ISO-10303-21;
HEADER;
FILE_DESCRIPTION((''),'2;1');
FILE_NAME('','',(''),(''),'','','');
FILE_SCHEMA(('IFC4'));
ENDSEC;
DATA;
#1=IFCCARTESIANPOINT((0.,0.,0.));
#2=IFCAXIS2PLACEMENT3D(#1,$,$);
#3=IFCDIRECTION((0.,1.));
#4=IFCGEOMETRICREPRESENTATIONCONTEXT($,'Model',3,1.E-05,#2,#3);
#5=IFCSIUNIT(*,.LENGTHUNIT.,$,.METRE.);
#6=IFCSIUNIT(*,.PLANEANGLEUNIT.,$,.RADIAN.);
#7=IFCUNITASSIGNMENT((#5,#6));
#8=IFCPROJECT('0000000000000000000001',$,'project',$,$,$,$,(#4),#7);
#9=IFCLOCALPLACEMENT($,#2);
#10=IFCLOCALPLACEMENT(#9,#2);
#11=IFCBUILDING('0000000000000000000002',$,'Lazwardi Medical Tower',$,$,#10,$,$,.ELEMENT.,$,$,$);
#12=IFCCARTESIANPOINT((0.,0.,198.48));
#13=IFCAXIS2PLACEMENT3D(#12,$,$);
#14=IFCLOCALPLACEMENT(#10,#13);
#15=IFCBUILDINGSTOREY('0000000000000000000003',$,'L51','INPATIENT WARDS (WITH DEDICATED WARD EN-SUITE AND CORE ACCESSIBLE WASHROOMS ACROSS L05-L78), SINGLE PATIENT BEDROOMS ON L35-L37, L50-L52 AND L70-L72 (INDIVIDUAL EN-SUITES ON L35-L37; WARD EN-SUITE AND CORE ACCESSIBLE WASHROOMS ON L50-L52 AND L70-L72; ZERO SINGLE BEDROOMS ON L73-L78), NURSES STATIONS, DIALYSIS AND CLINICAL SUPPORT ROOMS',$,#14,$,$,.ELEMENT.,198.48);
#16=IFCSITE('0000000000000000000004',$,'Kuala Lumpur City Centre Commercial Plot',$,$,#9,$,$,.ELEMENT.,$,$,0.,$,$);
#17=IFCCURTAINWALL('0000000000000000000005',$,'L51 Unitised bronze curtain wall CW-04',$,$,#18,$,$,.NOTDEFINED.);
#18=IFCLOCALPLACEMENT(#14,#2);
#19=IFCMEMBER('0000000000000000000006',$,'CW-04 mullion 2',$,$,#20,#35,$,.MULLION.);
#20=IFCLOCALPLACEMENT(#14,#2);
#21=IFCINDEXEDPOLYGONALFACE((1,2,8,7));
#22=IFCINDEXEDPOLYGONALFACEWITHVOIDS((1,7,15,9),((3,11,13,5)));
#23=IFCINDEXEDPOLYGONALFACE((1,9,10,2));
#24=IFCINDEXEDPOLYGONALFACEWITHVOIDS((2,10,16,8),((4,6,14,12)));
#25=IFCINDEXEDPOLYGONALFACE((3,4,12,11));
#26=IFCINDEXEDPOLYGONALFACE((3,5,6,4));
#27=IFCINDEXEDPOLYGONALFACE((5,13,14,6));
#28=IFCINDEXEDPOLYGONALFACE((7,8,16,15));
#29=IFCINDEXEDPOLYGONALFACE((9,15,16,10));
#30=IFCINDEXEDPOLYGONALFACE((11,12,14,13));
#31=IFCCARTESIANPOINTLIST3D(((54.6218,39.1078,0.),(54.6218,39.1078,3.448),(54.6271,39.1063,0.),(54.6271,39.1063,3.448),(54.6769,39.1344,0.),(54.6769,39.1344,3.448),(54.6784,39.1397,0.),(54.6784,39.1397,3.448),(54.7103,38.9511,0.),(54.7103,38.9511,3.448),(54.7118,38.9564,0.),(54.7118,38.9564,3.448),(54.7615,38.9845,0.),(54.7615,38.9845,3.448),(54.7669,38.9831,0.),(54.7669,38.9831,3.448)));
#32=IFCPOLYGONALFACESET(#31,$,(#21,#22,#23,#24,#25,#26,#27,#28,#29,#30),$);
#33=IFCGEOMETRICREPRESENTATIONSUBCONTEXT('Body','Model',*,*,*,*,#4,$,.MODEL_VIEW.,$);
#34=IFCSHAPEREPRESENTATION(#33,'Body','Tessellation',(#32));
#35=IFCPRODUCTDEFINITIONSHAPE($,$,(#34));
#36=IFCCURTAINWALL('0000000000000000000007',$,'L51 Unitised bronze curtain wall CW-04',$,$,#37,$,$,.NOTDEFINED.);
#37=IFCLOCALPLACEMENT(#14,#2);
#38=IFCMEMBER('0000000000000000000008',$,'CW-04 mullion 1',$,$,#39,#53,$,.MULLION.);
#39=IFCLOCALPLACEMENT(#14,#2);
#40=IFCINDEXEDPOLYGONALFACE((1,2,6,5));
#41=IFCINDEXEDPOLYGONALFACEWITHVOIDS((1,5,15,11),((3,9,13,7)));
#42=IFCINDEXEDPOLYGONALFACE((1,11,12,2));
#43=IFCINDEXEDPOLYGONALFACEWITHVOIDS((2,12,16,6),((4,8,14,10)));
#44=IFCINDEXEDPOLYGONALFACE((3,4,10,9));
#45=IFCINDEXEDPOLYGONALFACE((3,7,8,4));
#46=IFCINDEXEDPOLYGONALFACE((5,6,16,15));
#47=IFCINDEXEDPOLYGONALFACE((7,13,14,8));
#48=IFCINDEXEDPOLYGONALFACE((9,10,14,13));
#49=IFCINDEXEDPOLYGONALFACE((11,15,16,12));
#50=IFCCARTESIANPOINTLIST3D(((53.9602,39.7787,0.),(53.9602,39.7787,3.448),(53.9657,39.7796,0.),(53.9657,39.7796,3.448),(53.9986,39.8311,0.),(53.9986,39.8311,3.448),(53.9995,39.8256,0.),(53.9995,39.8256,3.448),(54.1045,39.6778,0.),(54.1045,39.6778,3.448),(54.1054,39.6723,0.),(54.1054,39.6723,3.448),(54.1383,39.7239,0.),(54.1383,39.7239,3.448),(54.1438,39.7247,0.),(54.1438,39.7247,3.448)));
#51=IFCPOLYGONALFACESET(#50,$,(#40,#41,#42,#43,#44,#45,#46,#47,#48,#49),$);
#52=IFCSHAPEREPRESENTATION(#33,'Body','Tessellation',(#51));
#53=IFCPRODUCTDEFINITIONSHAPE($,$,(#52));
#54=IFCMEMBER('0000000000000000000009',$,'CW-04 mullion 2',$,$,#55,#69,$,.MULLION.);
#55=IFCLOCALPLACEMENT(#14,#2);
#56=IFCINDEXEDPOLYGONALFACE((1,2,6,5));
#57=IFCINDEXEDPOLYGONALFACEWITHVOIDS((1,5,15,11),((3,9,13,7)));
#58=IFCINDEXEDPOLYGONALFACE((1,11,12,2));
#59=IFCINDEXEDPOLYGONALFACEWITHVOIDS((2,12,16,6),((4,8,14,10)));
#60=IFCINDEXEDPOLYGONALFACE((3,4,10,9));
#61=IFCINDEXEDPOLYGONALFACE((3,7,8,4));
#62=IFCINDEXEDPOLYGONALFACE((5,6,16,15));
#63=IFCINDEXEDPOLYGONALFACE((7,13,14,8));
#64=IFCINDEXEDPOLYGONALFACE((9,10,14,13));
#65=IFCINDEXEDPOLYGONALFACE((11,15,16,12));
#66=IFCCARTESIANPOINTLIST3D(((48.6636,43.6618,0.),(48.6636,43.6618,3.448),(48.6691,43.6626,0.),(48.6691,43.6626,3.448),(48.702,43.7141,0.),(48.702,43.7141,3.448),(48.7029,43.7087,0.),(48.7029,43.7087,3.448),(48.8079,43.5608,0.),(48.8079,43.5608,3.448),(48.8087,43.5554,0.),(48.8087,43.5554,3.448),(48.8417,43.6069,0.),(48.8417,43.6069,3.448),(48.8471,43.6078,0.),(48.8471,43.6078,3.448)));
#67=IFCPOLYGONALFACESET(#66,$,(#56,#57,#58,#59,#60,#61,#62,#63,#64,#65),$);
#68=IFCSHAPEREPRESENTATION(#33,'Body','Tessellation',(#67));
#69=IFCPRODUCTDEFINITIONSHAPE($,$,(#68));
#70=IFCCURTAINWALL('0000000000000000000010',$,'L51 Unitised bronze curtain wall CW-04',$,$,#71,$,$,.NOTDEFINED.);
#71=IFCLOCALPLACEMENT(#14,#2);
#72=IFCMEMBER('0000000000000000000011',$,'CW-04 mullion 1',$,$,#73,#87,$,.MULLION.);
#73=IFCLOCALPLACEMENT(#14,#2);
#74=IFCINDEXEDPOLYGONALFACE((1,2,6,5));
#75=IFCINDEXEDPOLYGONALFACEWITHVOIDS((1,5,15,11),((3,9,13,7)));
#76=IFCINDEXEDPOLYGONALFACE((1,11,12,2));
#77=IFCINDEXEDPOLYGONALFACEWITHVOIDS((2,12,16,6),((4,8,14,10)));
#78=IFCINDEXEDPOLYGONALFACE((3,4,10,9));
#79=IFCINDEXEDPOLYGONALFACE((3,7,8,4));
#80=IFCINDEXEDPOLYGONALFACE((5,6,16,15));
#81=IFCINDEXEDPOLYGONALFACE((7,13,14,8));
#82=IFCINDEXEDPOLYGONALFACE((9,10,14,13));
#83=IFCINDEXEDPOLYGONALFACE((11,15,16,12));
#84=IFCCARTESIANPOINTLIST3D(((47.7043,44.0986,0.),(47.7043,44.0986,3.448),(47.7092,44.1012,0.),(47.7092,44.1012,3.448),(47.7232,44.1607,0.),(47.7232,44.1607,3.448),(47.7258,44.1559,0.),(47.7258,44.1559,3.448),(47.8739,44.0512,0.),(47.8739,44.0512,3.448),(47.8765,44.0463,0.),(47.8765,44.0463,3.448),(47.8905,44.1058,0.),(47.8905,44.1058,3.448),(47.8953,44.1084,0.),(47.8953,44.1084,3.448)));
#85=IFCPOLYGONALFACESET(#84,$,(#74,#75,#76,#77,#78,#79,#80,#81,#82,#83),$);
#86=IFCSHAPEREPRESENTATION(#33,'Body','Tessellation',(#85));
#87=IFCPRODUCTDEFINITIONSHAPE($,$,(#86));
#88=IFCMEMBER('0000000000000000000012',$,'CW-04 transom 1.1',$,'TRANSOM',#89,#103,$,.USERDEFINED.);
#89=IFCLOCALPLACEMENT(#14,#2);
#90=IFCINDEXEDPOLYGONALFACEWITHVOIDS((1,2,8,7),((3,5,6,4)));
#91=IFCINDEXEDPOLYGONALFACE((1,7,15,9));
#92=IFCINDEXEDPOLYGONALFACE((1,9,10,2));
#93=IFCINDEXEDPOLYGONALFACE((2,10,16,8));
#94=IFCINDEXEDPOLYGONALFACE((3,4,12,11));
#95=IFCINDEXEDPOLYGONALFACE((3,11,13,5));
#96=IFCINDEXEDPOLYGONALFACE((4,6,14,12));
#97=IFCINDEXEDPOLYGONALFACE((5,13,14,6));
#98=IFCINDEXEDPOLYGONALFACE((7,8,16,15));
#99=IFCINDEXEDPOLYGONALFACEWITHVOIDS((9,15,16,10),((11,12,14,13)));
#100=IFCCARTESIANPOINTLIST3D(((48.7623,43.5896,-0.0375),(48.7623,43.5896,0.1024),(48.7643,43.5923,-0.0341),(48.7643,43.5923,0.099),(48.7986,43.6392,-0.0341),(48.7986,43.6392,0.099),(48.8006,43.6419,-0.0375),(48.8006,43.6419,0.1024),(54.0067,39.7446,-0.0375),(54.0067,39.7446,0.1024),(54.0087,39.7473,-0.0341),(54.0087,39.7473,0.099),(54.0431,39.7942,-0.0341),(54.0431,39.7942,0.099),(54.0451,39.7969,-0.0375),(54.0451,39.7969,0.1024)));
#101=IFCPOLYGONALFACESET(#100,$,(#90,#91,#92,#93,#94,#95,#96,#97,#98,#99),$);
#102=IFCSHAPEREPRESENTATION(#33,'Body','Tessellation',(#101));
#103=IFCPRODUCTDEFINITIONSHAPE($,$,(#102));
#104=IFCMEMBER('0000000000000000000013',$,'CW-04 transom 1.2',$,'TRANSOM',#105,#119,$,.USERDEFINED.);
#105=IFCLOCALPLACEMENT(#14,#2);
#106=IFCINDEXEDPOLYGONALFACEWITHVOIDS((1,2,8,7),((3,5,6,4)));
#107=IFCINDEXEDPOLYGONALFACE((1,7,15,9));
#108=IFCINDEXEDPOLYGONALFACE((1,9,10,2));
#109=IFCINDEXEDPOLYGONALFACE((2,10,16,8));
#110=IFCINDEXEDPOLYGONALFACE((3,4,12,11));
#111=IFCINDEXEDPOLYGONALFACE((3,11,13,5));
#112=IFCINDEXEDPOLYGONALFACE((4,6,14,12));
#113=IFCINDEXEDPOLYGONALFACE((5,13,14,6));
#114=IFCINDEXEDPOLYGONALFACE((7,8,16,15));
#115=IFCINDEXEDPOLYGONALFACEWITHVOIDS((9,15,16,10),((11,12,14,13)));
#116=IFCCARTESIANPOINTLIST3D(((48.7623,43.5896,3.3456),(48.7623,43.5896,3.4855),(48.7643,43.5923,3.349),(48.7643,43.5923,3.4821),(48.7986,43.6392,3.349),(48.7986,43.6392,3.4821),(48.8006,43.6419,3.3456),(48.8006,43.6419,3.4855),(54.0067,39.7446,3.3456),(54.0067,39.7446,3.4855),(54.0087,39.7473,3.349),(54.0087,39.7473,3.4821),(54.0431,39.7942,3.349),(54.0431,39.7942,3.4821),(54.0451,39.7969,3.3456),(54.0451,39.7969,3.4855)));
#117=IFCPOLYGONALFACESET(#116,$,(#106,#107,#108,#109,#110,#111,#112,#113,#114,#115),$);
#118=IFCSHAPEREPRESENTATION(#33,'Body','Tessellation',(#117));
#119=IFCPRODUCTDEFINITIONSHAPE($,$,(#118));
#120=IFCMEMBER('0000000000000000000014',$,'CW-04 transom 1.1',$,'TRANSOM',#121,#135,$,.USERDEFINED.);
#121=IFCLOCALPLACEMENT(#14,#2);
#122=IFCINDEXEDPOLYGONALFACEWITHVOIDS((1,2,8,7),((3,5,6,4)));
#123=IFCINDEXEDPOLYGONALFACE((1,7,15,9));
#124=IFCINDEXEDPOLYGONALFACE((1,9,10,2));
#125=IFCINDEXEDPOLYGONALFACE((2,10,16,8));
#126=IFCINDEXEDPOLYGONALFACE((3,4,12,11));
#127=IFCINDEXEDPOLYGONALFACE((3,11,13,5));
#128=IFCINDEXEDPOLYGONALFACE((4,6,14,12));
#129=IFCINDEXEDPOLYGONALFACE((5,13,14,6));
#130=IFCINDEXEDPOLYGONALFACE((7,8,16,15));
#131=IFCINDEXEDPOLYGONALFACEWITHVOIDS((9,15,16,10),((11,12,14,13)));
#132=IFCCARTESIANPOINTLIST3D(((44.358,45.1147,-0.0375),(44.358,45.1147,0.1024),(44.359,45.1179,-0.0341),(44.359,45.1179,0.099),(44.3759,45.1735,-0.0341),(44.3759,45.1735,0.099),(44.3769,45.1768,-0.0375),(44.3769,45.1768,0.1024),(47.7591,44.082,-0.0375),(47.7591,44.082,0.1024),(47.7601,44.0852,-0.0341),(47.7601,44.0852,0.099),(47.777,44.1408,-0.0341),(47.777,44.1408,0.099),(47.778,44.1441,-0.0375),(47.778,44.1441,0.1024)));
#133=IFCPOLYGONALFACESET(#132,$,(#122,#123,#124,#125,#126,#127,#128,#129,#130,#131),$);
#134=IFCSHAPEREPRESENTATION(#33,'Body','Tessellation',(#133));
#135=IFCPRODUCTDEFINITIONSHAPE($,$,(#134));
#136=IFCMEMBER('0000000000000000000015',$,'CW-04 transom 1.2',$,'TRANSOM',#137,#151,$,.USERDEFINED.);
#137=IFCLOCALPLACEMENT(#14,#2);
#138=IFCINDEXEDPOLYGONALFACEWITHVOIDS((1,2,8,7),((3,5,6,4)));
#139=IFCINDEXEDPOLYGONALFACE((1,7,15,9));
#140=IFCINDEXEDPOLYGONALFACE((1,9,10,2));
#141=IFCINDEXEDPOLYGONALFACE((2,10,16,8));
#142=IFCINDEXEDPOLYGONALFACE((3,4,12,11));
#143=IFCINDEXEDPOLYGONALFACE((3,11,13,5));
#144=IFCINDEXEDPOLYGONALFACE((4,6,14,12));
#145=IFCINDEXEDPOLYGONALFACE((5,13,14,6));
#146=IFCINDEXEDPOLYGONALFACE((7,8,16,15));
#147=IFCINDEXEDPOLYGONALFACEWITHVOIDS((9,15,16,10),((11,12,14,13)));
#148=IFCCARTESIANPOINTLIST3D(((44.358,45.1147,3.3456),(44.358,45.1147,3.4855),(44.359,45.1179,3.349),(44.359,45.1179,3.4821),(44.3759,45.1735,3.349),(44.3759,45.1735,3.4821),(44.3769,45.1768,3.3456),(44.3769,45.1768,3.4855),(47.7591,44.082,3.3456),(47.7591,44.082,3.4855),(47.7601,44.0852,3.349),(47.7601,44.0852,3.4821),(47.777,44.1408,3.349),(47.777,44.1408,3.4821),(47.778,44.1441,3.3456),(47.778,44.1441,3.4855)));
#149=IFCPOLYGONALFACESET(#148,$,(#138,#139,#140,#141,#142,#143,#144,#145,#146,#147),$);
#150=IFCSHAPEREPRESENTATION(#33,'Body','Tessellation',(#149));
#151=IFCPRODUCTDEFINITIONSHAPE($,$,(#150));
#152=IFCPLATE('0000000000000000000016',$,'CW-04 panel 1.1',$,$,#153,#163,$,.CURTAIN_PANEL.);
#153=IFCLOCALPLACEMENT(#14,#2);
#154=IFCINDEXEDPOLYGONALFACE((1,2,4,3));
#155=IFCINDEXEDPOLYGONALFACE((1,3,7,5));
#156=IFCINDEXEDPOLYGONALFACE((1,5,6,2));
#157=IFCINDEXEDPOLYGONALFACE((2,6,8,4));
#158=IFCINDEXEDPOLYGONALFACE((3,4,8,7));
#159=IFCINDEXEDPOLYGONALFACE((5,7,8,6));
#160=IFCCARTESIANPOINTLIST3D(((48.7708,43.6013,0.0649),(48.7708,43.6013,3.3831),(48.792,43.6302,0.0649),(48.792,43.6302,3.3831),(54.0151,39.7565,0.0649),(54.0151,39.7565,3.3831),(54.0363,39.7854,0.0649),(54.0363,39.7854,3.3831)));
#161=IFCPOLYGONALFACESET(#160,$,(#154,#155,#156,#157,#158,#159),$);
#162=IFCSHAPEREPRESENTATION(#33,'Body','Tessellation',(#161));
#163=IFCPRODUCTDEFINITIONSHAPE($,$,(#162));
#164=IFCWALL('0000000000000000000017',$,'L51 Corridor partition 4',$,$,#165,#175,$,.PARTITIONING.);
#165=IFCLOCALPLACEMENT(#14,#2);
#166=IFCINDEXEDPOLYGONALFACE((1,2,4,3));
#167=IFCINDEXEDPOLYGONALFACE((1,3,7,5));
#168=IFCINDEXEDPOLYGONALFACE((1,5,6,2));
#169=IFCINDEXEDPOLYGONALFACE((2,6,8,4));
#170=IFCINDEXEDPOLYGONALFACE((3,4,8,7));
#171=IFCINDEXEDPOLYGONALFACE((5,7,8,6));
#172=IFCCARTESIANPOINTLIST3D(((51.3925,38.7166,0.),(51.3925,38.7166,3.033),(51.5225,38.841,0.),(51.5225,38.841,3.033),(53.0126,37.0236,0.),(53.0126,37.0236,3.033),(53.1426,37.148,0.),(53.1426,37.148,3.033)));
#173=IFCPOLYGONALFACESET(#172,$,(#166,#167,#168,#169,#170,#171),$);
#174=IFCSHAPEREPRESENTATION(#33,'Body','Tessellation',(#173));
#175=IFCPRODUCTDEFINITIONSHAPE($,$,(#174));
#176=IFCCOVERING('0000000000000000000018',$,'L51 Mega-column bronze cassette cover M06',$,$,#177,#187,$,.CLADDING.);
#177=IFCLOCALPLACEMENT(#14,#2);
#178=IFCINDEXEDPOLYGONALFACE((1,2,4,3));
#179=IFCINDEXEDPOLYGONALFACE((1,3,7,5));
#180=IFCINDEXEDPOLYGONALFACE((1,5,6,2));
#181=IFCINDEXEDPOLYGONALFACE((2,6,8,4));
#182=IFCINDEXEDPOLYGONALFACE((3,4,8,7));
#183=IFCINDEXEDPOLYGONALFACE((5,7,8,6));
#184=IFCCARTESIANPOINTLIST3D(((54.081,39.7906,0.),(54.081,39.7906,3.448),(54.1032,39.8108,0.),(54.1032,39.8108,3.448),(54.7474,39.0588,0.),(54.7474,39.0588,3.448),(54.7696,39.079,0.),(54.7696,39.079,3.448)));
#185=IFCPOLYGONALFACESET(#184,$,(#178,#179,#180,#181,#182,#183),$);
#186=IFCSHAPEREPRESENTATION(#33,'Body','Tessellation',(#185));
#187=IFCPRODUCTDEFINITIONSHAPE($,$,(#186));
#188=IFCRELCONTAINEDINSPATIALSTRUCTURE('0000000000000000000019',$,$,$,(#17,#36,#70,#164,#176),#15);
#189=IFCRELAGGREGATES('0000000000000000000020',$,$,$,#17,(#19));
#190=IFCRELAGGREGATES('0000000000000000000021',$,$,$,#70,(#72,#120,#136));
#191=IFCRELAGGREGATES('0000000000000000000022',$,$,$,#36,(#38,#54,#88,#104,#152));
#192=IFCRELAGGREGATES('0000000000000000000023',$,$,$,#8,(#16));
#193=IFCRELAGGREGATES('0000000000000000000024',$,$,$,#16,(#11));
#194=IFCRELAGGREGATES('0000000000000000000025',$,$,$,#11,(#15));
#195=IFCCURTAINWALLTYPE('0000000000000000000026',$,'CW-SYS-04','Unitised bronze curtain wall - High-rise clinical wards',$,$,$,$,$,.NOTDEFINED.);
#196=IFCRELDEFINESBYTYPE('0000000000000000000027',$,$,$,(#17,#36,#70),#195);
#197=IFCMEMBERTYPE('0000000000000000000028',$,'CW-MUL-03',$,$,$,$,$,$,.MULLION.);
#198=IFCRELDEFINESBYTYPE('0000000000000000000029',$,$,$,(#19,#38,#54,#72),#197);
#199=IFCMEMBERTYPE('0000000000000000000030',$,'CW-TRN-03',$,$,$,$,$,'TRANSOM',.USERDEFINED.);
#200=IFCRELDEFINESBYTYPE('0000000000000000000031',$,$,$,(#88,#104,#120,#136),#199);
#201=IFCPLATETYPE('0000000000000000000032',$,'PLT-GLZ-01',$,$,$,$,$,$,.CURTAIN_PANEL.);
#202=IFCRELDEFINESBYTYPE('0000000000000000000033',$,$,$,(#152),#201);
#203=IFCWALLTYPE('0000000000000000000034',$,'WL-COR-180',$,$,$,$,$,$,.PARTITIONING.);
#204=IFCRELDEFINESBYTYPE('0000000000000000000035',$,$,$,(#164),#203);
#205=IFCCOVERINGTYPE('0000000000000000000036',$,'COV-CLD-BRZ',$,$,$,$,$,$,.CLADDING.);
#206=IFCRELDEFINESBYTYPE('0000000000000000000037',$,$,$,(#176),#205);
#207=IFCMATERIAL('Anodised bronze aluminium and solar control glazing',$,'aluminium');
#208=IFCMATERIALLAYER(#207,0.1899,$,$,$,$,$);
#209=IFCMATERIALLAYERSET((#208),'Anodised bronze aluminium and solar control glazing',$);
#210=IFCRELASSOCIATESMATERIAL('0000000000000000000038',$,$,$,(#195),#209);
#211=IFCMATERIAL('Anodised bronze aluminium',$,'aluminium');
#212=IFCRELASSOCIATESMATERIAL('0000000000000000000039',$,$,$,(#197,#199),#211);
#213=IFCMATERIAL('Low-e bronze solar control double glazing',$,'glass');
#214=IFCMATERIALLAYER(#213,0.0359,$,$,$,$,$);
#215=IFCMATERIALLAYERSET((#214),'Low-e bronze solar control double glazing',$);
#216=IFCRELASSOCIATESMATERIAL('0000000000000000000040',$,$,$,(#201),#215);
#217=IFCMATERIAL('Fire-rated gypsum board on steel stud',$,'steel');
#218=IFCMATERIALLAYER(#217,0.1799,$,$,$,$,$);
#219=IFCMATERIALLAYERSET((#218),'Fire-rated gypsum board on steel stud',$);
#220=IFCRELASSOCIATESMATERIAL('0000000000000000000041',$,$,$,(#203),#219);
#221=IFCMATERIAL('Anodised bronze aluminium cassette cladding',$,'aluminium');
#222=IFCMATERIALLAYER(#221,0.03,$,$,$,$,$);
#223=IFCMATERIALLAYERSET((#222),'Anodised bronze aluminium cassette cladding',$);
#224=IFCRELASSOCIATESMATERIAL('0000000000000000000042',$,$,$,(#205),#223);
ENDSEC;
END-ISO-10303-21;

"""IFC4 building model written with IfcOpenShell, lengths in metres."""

from ifc_helpers import new_model, si_unit, direction, frame, frame_2d, origin, origin_2d, place, context, subcontext, project, spatial, rectangle, hollow_rectangle, extrude, material, layer, layer_set, material_profile, profile_set, type_object, element, aggregate, save


model = new_model("IFC4")

# Units and contexts
model_context = context("Model", 3, precision=1e-05, world=origin(), true_north=direction((0.0, 1.0)))
body_context = subcontext(model_context, "Body", "Model", "MODEL_VIEW")
ifc_project = project(units=[si_unit("LENGTHUNIT", "METRE"), si_unit("PLANEANGLEUNIT", "RADIAN")], contexts=[model_context])

# Site, building, storey
site_placement = place(None, origin())
site = spatial("IfcSite", under=ifc_project, at=site_placement, Name="Kuala Lumpur City Centre Commercial Plot", CompositionType="ELEMENT", RefElevation=0.0)
building_placement = place(site_placement, origin())
building = spatial("IfcBuilding", under=site, at=building_placement, Name="Lazwardi Medical Tower", CompositionType="ELEMENT")
storey_placement = place(building_placement, frame((0.0, 0.0, 198.48)))
storey = spatial("IfcBuildingStorey", under=building, at=storey_placement, Name="L51", Description="INPATIENT WARDS (WITH DEDICATED WARD EN-SUITE AND CORE ACCESSIBLE WASHROOMS ACROSS L05-L78), SINGLE PATIENT BEDROOMS ON L35-L37, L50-L52 AND L70-L72 (INDIVIDUAL EN-SUITES ON L35-L37; WARD EN-SUITE AND CORE ACCESSIBLE WASHROOMS ON L50-L52 AND L70-L72; ZERO SINGLE BEDROOMS ON L73-L78), NURSES STATIONS, DIALYSIS AND CLINICAL SUPPORT ROOMS", CompositionType="ELEMENT", Elevation=198.48)

# Curtain wall, member
ifc_material_1 = material(Name="Anodised bronze aluminium and solar control glazing", Category="aluminium")
ifc_layer_1 = layer(ifc_material_1, 0.1899)
ifc_layer_set_1 = layer_set([ifc_layer_1], Name="Anodised bronze aluminium and solar control glazing")
curtain_wall_type = type_object("IfcCurtainWallType", Name="CW-SYS-04", Description="Unitised bronze curtain wall - High-rise clinical wards", PredefinedType="NOTDEFINED", material=ifc_layer_set_1)
curtain_wall_1_placement = place(storey_placement, origin())
curtain_wall_1 = element("IfcCurtainWall", 1, at=curtain_wall_1_placement, inside=storey, type_object=curtain_wall_type, Name="L51 Unitised bronze curtain wall CW-04", PredefinedType="NOTDEFINED")
ifc_material_2 = material(Name="Anodised bronze aluminium", Category="aluminium")
ifc_material_profile_1 = material_profile(ifc_material_2, hollow_rectangle(XDim=0.0649, YDim=0.1799, WallThickness=0.0039, at=origin_2d()), Name="ALU-MULLION 180x65x4")
ifc_profile_set_1 = profile_set([ifc_material_profile_1], Name="Anodised bronze aluminium")
member_type_1 = type_object("IfcMemberType", Name="CW-MUL-03", PredefinedType="MULLION", material=ifc_profile_set_1)
member_1_placement = place(storey_placement, frame((54.6943, 39.0454, 0.0), z_axis=(0.0, 0.0, 1.0), x_axis=(-0.870651, -0.4919, 0.0)))
member_1 = element("IfcMember", 2, at=member_1_placement, type_object=member_type_1, Name="CW-04 mullion 2", PredefinedType="MULLION", context=body_context, shape_type="SweptSolid", body=[
    extrude(hollow_rectangle(XDim=0.0649, YDim=0.1799, WallThickness=0.0039, at=origin_2d()), origin(), (0.0, 0.0, 1.0), 3.448),
])
aggregate(curtain_wall_1, [member_1])

# Curtain wall, members
curtain_wall_2_placement = place(storey_placement, origin())
curtain_wall_2 = element("IfcCurtainWall", 3, at=curtain_wall_2_placement, inside=storey, type_object=curtain_wall_type, Name="L51 Unitised bronze curtain wall CW-04", PredefinedType="NOTDEFINED")
member_2_placement = place(storey_placement, frame((54.052, 39.7517, 0.0), z_axis=(0.0, 0.0, 1.0), x_axis=(-0.591268, -0.806475, 0.0)))
member_2 = element("IfcMember", 4, at=member_2_placement, type_object=member_type_1, Name="CW-04 mullion 1", PredefinedType="MULLION", context=body_context, shape_type="SweptSolid", body=[
    extrude(hollow_rectangle(XDim=0.0649, YDim=0.1799, WallThickness=0.0039, at=origin_2d()), origin(), (0.0, 0.0, 1.0), 3.448),
])
member_3_placement = place(storey_placement, frame((48.7554, 43.6348, 0.0), z_axis=(0.0, 0.0, 1.0), x_axis=(-0.591268, -0.806475, 0.0)))
member_3 = element("IfcMember", 5, at=member_3_placement, type_object=member_type_1, Name="CW-04 mullion 2", PredefinedType="MULLION", context=body_context, shape_type="SweptSolid", body=[
    extrude(hollow_rectangle(XDim=0.0649, YDim=0.1799, WallThickness=0.0039, at=origin_2d()), origin(), (0.0, 0.0, 1.0), 3.448),
])

# Curtain wall, member
curtain_wall_3_placement = place(storey_placement, origin())
curtain_wall_3 = element("IfcCurtainWall", 6, at=curtain_wall_3_placement, inside=storey, type_object=curtain_wall_type, Name="L51 Unitised bronze curtain wall CW-04", PredefinedType="NOTDEFINED")
member_4_placement = place(storey_placement, frame((47.7998, 44.1035, 0.0), z_axis=(0.0, 0.0, 1.0), x_axis=(-0.290582, -0.95685, 0.0)))
member_4 = element("IfcMember", 7, at=member_4_placement, type_object=member_type_1, Name="CW-04 mullion 1", PredefinedType="MULLION", context=body_context, shape_type="SweptSolid", body=[
    extrude(hollow_rectangle(XDim=0.0649, YDim=0.1799, WallThickness=0.0039, at=origin_2d()), origin(), (0.0, 0.0, 1.0), 3.448),
])

# Members
ifc_material_profile_2 = material_profile(ifc_material_2, hollow_rectangle(XDim=0.0649, YDim=0.1399, WallThickness=0.0034, at=origin_2d()), Name="ALU-TRANSOM 140x65x3.5")
ifc_profile_set_2 = profile_set([ifc_material_profile_2], Name="Anodised bronze aluminium")
member_type_2 = type_object("IfcMemberType", Name="CW-TRN-03", ElementType="TRANSOM", PredefinedType="USERDEFINED", material=ifc_profile_set_2)
member_5_placement = place(storey_placement, frame((54.0259, 39.7708, 0.0325), z_axis=(-0.806472, 0.591273, 0.0), x_axis=(-0.591273, -0.806472, 0.0)))
member_5 = element("IfcMember", 8, at=member_5_placement, type_object=member_type_2, Name="CW-04 transom 1.1", ObjectType="TRANSOM", PredefinedType="USERDEFINED", context=body_context, shape_type="SweptSolid", body=[
    extrude(hollow_rectangle(XDim=0.0649, YDim=0.1399, WallThickness=0.0034, at=origin_2d()), origin(), (0.0, 0.0, 1.0), 6.5029),
])
member_6_placement = place(storey_placement, frame((54.0259, 39.7708, 3.4155), z_axis=(-0.806472, 0.591273, 0.0), x_axis=(-0.591273, -0.806472, 0.0)))
member_6 = element("IfcMember", 9, at=member_6_placement, type_object=member_type_2, Name="CW-04 transom 1.2", ObjectType="TRANSOM", PredefinedType="USERDEFINED", context=body_context, shape_type="SweptSolid", body=[
    extrude(hollow_rectangle(XDim=0.0649, YDim=0.1399, WallThickness=0.0034, at=origin_2d()), origin(), (0.0, 0.0, 1.0), 6.5029),
])
member_7_placement = place(storey_placement, frame((47.7686, 44.113, 0.0325), z_axis=(-0.956863, 0.290541, 0.0), x_axis=(-0.290541, -0.956863, 0.0)))
member_7 = element("IfcMember", 10, at=member_7_placement, type_object=member_type_2, Name="CW-04 transom 1.1", ObjectType="TRANSOM", PredefinedType="USERDEFINED", context=body_context, shape_type="SweptSolid", body=[
    extrude(hollow_rectangle(XDim=0.0649, YDim=0.1399, WallThickness=0.0034, at=origin_2d()), origin(), (0.0, 0.0, 1.0), 3.5544),
])
member_8_placement = place(storey_placement, frame((47.7686, 44.113, 3.4155), z_axis=(-0.956863, 0.290541, 0.0), x_axis=(-0.290541, -0.956863, 0.0)))
member_8 = element("IfcMember", 11, at=member_8_placement, type_object=member_type_2, Name="CW-04 transom 1.2", ObjectType="TRANSOM", PredefinedType="USERDEFINED", context=body_context, shape_type="SweptSolid", body=[
    extrude(hollow_rectangle(XDim=0.0649, YDim=0.1399, WallThickness=0.0034, at=origin_2d()), origin(), (0.0, 0.0, 1.0), 3.5544),
])
aggregate(curtain_wall_3, [member_4, member_7, member_8])

# Plate
ifc_material_3 = material(Name="Low-e bronze solar control double glazing", Category="glass")
ifc_layer_2 = layer(ifc_material_3, 0.0359)
ifc_layer_set_2 = layer_set([ifc_layer_2], Name="Low-e bronze solar control double glazing")
plate_type = type_object("IfcPlateType", Name="PLT-GLZ-01", PredefinedType="CURTAIN_PANEL", material=ifc_layer_set_2)
plate_placement = place(storey_placement, frame((51.4036, 41.6934, 0.0649), z_axis=(0.0, 0.0, 1.0), x_axis=(-0.806475, 0.591268, 0.0)))
plate = element("IfcPlate", 12, at=plate_placement, type_object=plate_type, Name="CW-04 panel 1.1", PredefinedType="CURTAIN_PANEL", context=body_context, shape_type="SweptSolid", body=[
    extrude(rectangle(XDim=6.5027, YDim=0.0359, at=origin_2d()), origin(), (0.0, 0.0, 1.0), 3.3181),
])
aggregate(curtain_wall_2, [member_2, member_3, member_5, member_6, plate])

# Wall
ifc_material_4 = material(Name="Fire-rated gypsum board on steel stud", Category="steel")
ifc_layer_3 = layer(ifc_material_4, 0.1799)
ifc_layer_set_3 = layer_set([ifc_layer_3], Name="Fire-rated gypsum board on steel stud")
wall_type = type_object("IfcWallType", Name="WL-COR-180", PredefinedType="PARTITIONING", material=ifc_layer_set_3)
wall_placement = place(storey_placement, frame((51.4575, 38.7788, 0.0), z_axis=(0.0, 0.0, 1.0), x_axis=(0.69136, -0.722511, 0.0)))
element("IfcWall", 13, at=wall_placement, inside=storey, type_object=wall_type, Name="L51 Corridor partition 4", PredefinedType="PARTITIONING", context=body_context, shape_type="SweptSolid", body=[
    extrude(rectangle(XDim=2.3433, YDim=0.1799, at=frame_2d((1.1716, 0.0))), origin(), (0.0, 0.0, 1.0), 3.033),
])

# Covering
ifc_material_5 = material(Name="Anodised bronze aluminium cassette cladding", Category="aluminium")
ifc_layer_4 = layer(ifc_material_5, 0.03)
ifc_layer_set_4 = layer_set([ifc_layer_4], Name="Anodised bronze aluminium cassette cladding")
covering_type = type_object("IfcCoveringType", Name="COV-CLD-BRZ", PredefinedType="CLADDING", material=ifc_layer_set_4)
covering_1_placement = place(storey_placement, frame((54.4253, 39.4348, 0.0), z_axis=(0.0, 0.0, 1.0), x_axis=(-0.673241, 0.739423, 0.0)))
element("IfcCovering", 14, at=covering_1_placement, inside=storey, type_object=covering_type, Name="L51 Mega-column bronze cassette cover M06", PredefinedType="CLADDING", context=body_context, shape_type="SweptSolid", body=[
    extrude(rectangle(XDim=0.9897, YDim=0.03, at=origin_2d()), origin(), (0.0, 0.0, 1.0), 3.448),
])

save(model, "model.ifc")
